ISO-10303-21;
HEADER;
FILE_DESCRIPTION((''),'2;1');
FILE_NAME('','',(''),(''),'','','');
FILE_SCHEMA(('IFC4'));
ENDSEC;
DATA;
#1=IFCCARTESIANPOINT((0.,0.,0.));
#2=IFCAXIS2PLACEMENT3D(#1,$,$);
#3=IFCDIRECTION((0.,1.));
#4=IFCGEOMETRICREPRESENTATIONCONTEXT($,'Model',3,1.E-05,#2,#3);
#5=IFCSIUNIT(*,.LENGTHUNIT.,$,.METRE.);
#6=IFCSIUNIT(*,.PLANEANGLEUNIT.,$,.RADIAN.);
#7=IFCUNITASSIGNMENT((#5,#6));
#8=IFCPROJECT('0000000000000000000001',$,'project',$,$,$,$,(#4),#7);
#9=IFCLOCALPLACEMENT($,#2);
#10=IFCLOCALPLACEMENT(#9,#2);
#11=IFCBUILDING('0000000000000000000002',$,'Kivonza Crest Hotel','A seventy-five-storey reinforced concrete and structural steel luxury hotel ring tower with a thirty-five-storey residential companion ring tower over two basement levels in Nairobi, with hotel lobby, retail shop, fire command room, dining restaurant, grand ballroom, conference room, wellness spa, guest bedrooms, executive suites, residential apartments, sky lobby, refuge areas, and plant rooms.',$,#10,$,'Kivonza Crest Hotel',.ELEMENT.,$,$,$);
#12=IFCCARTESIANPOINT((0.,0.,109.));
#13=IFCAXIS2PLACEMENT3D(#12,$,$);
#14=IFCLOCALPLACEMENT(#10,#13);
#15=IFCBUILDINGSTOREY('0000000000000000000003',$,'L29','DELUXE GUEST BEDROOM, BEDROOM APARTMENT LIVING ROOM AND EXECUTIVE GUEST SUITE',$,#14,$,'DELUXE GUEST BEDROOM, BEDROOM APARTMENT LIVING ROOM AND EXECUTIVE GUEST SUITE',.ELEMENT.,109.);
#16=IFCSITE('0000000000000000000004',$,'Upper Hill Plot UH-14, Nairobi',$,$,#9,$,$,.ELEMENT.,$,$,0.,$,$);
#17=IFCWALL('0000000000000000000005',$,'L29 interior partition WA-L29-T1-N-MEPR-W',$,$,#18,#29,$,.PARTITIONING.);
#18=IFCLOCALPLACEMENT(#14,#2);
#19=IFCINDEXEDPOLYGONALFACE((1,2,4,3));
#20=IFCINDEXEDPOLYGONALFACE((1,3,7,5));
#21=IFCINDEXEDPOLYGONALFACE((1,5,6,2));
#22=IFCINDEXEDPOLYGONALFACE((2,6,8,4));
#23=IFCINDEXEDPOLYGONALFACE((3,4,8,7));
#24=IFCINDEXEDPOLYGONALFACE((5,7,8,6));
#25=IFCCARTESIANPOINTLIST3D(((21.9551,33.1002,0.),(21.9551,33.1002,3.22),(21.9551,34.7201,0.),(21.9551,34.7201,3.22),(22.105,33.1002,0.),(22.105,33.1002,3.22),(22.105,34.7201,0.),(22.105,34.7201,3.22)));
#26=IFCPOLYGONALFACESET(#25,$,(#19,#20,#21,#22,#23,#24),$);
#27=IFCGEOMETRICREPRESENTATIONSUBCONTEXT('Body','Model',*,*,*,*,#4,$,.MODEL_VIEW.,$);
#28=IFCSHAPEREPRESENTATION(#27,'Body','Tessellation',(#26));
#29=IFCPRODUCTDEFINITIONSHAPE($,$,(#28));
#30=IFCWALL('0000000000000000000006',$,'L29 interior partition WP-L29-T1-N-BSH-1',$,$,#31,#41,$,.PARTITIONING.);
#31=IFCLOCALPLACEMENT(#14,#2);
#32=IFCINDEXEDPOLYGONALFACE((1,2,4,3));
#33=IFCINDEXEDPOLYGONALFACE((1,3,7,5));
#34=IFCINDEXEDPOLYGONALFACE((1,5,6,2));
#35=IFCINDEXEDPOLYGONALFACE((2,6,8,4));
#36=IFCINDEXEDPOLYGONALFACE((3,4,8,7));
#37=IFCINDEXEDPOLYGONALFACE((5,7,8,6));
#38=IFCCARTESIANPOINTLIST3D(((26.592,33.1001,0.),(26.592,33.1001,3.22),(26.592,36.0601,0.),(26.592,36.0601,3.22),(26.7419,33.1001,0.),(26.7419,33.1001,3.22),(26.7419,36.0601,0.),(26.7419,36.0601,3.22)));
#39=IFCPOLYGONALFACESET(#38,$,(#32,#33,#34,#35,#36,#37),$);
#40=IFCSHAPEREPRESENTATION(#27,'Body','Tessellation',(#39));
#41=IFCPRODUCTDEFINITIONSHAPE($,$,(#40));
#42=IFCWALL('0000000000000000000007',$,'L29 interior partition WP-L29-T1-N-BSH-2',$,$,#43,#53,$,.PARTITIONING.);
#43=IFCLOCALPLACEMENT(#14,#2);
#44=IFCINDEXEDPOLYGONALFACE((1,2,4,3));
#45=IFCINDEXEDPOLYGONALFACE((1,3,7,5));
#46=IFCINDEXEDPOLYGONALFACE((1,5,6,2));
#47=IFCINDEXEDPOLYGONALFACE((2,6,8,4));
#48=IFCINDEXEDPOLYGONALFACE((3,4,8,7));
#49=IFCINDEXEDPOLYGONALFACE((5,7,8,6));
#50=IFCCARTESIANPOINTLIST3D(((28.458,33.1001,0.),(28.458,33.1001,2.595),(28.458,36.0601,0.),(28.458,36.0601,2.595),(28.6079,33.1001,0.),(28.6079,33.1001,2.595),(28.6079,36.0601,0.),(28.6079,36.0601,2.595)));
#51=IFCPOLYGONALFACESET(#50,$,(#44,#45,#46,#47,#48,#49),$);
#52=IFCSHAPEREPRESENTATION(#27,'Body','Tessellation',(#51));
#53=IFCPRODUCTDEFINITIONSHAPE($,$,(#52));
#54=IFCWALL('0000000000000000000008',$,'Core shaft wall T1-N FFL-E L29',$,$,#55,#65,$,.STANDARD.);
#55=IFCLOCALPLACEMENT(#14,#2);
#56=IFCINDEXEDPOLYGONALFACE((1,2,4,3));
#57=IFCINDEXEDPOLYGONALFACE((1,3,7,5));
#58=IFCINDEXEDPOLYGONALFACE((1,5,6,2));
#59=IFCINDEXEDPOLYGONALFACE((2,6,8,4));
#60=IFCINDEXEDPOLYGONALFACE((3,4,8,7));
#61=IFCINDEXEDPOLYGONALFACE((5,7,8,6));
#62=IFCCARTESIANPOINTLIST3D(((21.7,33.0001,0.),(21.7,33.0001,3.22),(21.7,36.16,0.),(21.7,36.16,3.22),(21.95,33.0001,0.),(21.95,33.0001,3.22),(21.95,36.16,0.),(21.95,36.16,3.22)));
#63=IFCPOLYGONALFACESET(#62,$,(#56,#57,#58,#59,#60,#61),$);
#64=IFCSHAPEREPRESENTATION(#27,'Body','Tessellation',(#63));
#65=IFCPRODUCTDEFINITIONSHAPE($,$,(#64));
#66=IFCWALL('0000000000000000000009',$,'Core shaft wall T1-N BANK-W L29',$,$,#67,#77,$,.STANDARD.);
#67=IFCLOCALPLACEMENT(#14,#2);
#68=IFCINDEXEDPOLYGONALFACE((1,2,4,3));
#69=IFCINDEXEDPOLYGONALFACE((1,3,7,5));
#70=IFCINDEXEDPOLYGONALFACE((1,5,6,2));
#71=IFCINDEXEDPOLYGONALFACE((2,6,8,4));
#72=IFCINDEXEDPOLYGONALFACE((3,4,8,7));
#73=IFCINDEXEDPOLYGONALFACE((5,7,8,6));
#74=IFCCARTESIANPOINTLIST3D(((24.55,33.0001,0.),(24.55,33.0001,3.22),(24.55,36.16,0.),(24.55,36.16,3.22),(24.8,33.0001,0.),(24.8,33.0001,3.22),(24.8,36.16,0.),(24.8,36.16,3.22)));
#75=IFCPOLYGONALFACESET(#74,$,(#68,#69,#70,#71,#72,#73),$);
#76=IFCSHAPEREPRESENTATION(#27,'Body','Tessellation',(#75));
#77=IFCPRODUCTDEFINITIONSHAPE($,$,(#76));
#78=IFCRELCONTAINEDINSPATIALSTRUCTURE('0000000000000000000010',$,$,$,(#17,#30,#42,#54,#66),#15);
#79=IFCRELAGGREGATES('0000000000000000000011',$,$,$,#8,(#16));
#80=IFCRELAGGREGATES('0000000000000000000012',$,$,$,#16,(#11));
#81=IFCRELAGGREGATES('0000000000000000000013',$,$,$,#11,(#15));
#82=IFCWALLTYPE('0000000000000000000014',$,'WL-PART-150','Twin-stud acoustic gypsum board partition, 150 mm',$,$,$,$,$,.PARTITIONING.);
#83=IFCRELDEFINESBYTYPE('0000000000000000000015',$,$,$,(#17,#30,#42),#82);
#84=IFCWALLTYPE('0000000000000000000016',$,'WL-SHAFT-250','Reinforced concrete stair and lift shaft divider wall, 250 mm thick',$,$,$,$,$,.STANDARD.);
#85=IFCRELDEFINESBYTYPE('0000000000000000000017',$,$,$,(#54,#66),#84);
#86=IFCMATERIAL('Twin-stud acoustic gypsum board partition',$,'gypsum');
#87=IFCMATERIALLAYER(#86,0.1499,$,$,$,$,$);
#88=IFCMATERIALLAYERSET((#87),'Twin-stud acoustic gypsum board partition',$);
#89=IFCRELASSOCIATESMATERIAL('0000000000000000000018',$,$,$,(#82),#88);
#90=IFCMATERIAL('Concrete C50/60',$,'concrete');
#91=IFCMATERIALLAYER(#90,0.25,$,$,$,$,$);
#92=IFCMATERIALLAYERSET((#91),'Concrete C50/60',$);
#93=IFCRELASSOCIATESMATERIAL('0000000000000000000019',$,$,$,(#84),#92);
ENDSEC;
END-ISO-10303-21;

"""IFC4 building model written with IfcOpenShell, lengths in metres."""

from ifc_helpers import new_model, si_unit, direction, frame, frame_2d, origin, place, context, subcontext, project, spatial, rectangle, extrude, material, layer, layer_set, type_object, element, save


model = new_model("IFC4")

# Units and contexts
model_context = context("Model", 3, precision=1e-05, world=origin(), true_north=direction((0.0, 1.0)))
body_context = subcontext(model_context, "Body", "Model", "MODEL_VIEW")
ifc_project = project(units=[si_unit("LENGTHUNIT", "METRE"), si_unit("PLANEANGLEUNIT", "RADIAN")], contexts=[model_context])

# Site, building, storey
site_placement = place(None, origin())
site = spatial("IfcSite", under=ifc_project, at=site_placement, Name="Upper Hill Plot UH-14, Nairobi", CompositionType="ELEMENT", RefElevation=0.0)
building_placement = place(site_placement, origin())
building = spatial("IfcBuilding", under=site, at=building_placement, Name="Kivonza Crest Hotel", Description="A seventy-five-storey reinforced concrete and structural steel luxury hotel ring tower with a thirty-five-storey residential companion ring tower over two basement levels in Nairobi, with hotel lobby, retail shop, fire command room, dining restaurant, grand ballroom, conference room, wellness spa, guest bedrooms, executive suites, residential apartments, sky lobby, refuge areas, and plant rooms.", LongName="Kivonza Crest Hotel", CompositionType="ELEMENT")
storey_placement = place(building_placement, frame((0.0, 0.0, 109.0)))
storey = spatial("IfcBuildingStorey", under=building, at=storey_placement, Name="L29", Description="DELUXE GUEST BEDROOM, BEDROOM APARTMENT LIVING ROOM AND EXECUTIVE GUEST SUITE", LongName="DELUXE GUEST BEDROOM, BEDROOM APARTMENT LIVING ROOM AND EXECUTIVE GUEST SUITE", CompositionType="ELEMENT", Elevation=109.0)

# Walls
ifc_material_1 = material(Name="Twin-stud acoustic gypsum board partition", Category="gypsum")
ifc_layer_1 = layer(ifc_material_1, 0.1499)
ifc_layer_set_1 = layer_set([ifc_layer_1], Name="Twin-stud acoustic gypsum board partition")
wall_type_1 = type_object("IfcWallType", Name="WL-PART-150", Description="Twin-stud acoustic gypsum board partition, 150 mm", PredefinedType="PARTITIONING", material=ifc_layer_set_1)
wall_1_placement = place(storey_placement, frame((22.03, 33.1001, 0.0), z_axis=(0.0, 0.0, 1.0), x_axis=(0.0, 1.0, 0.0)))
element("IfcWall", 1, at=wall_1_placement, inside=storey, type_object=wall_type_1, Name="L29 interior partition WA-L29-T1-N-MEPR-W", PredefinedType="PARTITIONING", context=body_context, shape_type="SweptSolid", body=[
    extrude(rectangle(XDim=1.6199, YDim=0.1499, at=frame_2d((0.8101, 0.0))), origin(), (0.0, 0.0, 1.0), 3.22),
])
wall_2_placement = place(storey_placement, frame((26.667, 33.1001, 0.0), z_axis=(0.0, 0.0, 1.0), x_axis=(0.0, 1.0, 0.0)))
element("IfcWall", 2, at=wall_2_placement, inside=storey, type_object=wall_type_1, Name="L29 interior partition WP-L29-T1-N-BSH-1", PredefinedType="PARTITIONING", context=body_context, shape_type="SweptSolid", body=[
    extrude(rectangle(XDim=2.96, YDim=0.1499, at=frame_2d((1.48, 0.0))), origin(), (0.0, 0.0, 1.0), 3.22),
])
wall_3_placement = place(storey_placement, frame((28.533, 33.1001, 0.0), z_axis=(0.0, 0.0, 1.0), x_axis=(0.0, 1.0, 0.0)))
element("IfcWall", 3, at=wall_3_placement, inside=storey, type_object=wall_type_1, Name="L29 interior partition WP-L29-T1-N-BSH-2", PredefinedType="PARTITIONING", context=body_context, shape_type="SweptSolid", body=[
    extrude(rectangle(XDim=2.96, YDim=0.1499, at=frame_2d((1.48, 0.0))), origin(), (0.0, 0.0, 1.0), 2.595),
])

# Shared definitions
ifc_material_2 = material(Name="Concrete C50/60", Category="concrete")
ifc_layer_2 = layer(ifc_material_2, 0.25)
ifc_layer_set_2 = layer_set([ifc_layer_2], Name="Concrete C50/60")
wall_type_2 = type_object("IfcWallType", Name="WL-SHAFT-250", Description="Reinforced concrete stair and lift shaft divider wall, 250 mm thick", PredefinedType="STANDARD", material=ifc_layer_set_2)

# Walls
for number, where, z_axis, x_axis, name in (
    (4, (21.825, 33.0, 0.0), (0.0, 0.0, 1.0), (0.0, 1.0, 0.0), "Core shaft wall T1-N FFL-E L29"),
    (5, (24.675, 33.0, 0.0), (0.0, 0.0, 1.0), (0.0, 1.0, 0.0), "Core shaft wall T1-N BANK-W L29"),
):
    element("IfcWall", number, at=place(storey_placement, frame(where, z_axis=z_axis, x_axis=x_axis)), inside=storey, type_object=wall_type_2, Name=name, PredefinedType="STANDARD", context=body_context, shape_type="SweptSolid", body=[
        extrude(rectangle(XDim=3.1599, YDim=0.25, at=frame_2d((1.5801, 0.0))), origin(), (0.0, 0.0, 1.0), 3.22),
    ])

save(model, "model.ifc")
